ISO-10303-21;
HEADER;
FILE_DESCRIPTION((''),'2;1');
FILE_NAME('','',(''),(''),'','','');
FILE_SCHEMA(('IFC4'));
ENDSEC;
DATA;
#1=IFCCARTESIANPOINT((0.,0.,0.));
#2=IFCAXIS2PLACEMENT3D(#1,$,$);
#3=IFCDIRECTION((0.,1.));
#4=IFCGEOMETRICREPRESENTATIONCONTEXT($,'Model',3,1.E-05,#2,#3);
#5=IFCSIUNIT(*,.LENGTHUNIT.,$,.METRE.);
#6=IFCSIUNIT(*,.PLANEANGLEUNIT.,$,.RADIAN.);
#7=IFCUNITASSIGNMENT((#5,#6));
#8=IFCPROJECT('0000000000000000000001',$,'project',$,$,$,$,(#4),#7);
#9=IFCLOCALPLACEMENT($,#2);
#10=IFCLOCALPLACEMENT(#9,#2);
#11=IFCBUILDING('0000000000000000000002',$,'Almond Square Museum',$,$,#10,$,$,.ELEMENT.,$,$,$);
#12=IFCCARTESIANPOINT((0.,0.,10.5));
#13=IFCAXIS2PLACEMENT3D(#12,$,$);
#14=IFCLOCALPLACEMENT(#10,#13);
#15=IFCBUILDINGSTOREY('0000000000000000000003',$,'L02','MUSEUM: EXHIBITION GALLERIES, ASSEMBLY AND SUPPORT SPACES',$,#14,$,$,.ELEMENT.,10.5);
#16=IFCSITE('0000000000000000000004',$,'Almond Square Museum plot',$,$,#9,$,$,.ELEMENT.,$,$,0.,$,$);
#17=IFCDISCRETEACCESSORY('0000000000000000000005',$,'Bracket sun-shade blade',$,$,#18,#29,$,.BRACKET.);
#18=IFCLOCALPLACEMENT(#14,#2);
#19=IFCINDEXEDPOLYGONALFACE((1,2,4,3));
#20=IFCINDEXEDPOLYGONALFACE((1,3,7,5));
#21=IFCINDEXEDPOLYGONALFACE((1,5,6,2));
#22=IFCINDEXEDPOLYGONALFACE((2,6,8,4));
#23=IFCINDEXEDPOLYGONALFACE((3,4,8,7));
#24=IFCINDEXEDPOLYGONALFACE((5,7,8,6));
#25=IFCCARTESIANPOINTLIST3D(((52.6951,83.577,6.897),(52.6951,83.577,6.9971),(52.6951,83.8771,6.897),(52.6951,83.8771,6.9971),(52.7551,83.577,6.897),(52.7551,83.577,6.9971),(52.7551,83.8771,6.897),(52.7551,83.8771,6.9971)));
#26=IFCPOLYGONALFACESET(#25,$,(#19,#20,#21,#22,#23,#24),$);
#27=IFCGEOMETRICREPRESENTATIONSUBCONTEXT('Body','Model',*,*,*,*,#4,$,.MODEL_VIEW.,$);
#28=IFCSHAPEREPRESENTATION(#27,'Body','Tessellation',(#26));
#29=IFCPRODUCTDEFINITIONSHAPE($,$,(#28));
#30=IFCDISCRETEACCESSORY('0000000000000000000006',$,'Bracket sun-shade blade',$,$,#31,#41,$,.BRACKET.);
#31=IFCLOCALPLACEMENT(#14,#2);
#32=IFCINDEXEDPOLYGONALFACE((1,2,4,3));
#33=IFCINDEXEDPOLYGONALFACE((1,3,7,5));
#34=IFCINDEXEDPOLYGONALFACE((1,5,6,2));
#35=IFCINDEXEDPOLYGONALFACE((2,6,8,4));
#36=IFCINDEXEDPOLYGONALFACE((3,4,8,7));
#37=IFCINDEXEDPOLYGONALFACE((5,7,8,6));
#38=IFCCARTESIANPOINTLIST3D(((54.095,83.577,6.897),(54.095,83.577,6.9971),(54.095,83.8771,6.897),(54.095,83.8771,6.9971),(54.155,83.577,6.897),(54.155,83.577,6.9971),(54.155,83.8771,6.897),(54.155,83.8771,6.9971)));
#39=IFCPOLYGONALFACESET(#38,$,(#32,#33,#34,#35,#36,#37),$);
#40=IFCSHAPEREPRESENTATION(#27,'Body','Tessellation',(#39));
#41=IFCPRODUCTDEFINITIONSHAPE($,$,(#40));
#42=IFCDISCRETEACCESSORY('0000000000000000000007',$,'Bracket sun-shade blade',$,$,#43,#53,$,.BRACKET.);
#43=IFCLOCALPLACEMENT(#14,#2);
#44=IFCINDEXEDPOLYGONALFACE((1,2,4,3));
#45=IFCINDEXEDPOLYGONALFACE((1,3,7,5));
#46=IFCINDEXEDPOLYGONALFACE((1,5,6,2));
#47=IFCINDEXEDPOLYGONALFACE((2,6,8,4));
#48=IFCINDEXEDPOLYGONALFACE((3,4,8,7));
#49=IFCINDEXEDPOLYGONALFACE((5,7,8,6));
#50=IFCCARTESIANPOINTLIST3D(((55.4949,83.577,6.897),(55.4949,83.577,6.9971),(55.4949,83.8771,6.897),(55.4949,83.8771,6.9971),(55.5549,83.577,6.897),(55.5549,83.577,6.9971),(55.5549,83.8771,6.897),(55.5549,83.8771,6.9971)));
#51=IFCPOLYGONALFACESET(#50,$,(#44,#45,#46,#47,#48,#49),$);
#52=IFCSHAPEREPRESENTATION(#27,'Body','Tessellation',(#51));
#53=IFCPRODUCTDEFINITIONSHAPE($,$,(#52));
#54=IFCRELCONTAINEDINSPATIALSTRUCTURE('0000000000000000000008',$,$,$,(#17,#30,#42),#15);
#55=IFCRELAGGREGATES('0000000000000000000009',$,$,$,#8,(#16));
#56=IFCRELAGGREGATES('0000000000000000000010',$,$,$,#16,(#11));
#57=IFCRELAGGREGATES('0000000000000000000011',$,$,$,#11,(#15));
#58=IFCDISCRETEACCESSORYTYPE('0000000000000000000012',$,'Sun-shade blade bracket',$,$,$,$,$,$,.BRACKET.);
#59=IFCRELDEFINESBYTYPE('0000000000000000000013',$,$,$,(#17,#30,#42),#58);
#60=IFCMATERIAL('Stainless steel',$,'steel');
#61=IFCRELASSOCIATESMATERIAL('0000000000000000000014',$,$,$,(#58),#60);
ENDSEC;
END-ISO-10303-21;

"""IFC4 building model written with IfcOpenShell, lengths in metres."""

from ifc_helpers import new_model, si_unit, direction, frame, origin, origin_2d, place, context, subcontext, project, spatial, rectangle, extrude, material, type_object, element, save


model = new_model("IFC4")

# Units and contexts
model_context = context("Model", 3, precision=1e-05, world=origin(), true_north=direction((0.0, 1.0)))
body_context = subcontext(model_context, "Body", "Model", "MODEL_VIEW")
ifc_project = project(units=[si_unit("LENGTHUNIT", "METRE"), si_unit("PLANEANGLEUNIT", "RADIAN")], contexts=[model_context])

# Site, building, storey
site_placement = place(None, origin())
site = spatial("IfcSite", under=ifc_project, at=site_placement, Name="Almond Square Museum plot", CompositionType="ELEMENT", RefElevation=0.0)
building_placement = place(site_placement, origin())
building = spatial("IfcBuilding", under=site, at=building_placement, Name="Almond Square Museum", CompositionType="ELEMENT")
storey_placement = place(building_placement, frame((0.0, 0.0, 10.5)))
storey = spatial("IfcBuildingStorey", under=building, at=storey_placement, Name="L02", Description="MUSEUM: EXHIBITION GALLERIES, ASSEMBLY AND SUPPORT SPACES", CompositionType="ELEMENT", Elevation=10.5)

# Discrete accessories
ifc_material_1 = material(Name="Stainless steel", Category="steel")
discrete_accessory_type = type_object("IfcDiscreteAccessoryType", Name="Sun-shade blade bracket", PredefinedType="BRACKET", material=ifc_material_1)
for number, where, z_axis, x_axis, name in (
    (1, (52.7251, 83.7271, 6.897), (0.0, 0.0, 1.0), (1.0, 0.0, 0.0), "Bracket sun-shade blade"),
    (2, (54.125, 83.7271, 6.897), (0.0, 0.0, 1.0), (1.0, 0.0, 0.0), "Bracket sun-shade blade"),
    (3, (55.5249, 83.7271, 6.897), (0.0, 0.0, 1.0), (1.0, 0.0, 0.0), "Bracket sun-shade blade"),
):
    element("IfcDiscreteAccessory", number, at=place(storey_placement, frame(where, z_axis=z_axis, x_axis=x_axis)), inside=storey, type_object=discrete_accessory_type, Name=name, PredefinedType="BRACKET", context=body_context, shape_type="SweptSolid", body=[
        extrude(rectangle(XDim=0.0601, YDim=0.3, at=origin_2d()), origin(), (0.0, 0.0, 1.0), 0.1001),
    ])

save(model, "model.ifc")
